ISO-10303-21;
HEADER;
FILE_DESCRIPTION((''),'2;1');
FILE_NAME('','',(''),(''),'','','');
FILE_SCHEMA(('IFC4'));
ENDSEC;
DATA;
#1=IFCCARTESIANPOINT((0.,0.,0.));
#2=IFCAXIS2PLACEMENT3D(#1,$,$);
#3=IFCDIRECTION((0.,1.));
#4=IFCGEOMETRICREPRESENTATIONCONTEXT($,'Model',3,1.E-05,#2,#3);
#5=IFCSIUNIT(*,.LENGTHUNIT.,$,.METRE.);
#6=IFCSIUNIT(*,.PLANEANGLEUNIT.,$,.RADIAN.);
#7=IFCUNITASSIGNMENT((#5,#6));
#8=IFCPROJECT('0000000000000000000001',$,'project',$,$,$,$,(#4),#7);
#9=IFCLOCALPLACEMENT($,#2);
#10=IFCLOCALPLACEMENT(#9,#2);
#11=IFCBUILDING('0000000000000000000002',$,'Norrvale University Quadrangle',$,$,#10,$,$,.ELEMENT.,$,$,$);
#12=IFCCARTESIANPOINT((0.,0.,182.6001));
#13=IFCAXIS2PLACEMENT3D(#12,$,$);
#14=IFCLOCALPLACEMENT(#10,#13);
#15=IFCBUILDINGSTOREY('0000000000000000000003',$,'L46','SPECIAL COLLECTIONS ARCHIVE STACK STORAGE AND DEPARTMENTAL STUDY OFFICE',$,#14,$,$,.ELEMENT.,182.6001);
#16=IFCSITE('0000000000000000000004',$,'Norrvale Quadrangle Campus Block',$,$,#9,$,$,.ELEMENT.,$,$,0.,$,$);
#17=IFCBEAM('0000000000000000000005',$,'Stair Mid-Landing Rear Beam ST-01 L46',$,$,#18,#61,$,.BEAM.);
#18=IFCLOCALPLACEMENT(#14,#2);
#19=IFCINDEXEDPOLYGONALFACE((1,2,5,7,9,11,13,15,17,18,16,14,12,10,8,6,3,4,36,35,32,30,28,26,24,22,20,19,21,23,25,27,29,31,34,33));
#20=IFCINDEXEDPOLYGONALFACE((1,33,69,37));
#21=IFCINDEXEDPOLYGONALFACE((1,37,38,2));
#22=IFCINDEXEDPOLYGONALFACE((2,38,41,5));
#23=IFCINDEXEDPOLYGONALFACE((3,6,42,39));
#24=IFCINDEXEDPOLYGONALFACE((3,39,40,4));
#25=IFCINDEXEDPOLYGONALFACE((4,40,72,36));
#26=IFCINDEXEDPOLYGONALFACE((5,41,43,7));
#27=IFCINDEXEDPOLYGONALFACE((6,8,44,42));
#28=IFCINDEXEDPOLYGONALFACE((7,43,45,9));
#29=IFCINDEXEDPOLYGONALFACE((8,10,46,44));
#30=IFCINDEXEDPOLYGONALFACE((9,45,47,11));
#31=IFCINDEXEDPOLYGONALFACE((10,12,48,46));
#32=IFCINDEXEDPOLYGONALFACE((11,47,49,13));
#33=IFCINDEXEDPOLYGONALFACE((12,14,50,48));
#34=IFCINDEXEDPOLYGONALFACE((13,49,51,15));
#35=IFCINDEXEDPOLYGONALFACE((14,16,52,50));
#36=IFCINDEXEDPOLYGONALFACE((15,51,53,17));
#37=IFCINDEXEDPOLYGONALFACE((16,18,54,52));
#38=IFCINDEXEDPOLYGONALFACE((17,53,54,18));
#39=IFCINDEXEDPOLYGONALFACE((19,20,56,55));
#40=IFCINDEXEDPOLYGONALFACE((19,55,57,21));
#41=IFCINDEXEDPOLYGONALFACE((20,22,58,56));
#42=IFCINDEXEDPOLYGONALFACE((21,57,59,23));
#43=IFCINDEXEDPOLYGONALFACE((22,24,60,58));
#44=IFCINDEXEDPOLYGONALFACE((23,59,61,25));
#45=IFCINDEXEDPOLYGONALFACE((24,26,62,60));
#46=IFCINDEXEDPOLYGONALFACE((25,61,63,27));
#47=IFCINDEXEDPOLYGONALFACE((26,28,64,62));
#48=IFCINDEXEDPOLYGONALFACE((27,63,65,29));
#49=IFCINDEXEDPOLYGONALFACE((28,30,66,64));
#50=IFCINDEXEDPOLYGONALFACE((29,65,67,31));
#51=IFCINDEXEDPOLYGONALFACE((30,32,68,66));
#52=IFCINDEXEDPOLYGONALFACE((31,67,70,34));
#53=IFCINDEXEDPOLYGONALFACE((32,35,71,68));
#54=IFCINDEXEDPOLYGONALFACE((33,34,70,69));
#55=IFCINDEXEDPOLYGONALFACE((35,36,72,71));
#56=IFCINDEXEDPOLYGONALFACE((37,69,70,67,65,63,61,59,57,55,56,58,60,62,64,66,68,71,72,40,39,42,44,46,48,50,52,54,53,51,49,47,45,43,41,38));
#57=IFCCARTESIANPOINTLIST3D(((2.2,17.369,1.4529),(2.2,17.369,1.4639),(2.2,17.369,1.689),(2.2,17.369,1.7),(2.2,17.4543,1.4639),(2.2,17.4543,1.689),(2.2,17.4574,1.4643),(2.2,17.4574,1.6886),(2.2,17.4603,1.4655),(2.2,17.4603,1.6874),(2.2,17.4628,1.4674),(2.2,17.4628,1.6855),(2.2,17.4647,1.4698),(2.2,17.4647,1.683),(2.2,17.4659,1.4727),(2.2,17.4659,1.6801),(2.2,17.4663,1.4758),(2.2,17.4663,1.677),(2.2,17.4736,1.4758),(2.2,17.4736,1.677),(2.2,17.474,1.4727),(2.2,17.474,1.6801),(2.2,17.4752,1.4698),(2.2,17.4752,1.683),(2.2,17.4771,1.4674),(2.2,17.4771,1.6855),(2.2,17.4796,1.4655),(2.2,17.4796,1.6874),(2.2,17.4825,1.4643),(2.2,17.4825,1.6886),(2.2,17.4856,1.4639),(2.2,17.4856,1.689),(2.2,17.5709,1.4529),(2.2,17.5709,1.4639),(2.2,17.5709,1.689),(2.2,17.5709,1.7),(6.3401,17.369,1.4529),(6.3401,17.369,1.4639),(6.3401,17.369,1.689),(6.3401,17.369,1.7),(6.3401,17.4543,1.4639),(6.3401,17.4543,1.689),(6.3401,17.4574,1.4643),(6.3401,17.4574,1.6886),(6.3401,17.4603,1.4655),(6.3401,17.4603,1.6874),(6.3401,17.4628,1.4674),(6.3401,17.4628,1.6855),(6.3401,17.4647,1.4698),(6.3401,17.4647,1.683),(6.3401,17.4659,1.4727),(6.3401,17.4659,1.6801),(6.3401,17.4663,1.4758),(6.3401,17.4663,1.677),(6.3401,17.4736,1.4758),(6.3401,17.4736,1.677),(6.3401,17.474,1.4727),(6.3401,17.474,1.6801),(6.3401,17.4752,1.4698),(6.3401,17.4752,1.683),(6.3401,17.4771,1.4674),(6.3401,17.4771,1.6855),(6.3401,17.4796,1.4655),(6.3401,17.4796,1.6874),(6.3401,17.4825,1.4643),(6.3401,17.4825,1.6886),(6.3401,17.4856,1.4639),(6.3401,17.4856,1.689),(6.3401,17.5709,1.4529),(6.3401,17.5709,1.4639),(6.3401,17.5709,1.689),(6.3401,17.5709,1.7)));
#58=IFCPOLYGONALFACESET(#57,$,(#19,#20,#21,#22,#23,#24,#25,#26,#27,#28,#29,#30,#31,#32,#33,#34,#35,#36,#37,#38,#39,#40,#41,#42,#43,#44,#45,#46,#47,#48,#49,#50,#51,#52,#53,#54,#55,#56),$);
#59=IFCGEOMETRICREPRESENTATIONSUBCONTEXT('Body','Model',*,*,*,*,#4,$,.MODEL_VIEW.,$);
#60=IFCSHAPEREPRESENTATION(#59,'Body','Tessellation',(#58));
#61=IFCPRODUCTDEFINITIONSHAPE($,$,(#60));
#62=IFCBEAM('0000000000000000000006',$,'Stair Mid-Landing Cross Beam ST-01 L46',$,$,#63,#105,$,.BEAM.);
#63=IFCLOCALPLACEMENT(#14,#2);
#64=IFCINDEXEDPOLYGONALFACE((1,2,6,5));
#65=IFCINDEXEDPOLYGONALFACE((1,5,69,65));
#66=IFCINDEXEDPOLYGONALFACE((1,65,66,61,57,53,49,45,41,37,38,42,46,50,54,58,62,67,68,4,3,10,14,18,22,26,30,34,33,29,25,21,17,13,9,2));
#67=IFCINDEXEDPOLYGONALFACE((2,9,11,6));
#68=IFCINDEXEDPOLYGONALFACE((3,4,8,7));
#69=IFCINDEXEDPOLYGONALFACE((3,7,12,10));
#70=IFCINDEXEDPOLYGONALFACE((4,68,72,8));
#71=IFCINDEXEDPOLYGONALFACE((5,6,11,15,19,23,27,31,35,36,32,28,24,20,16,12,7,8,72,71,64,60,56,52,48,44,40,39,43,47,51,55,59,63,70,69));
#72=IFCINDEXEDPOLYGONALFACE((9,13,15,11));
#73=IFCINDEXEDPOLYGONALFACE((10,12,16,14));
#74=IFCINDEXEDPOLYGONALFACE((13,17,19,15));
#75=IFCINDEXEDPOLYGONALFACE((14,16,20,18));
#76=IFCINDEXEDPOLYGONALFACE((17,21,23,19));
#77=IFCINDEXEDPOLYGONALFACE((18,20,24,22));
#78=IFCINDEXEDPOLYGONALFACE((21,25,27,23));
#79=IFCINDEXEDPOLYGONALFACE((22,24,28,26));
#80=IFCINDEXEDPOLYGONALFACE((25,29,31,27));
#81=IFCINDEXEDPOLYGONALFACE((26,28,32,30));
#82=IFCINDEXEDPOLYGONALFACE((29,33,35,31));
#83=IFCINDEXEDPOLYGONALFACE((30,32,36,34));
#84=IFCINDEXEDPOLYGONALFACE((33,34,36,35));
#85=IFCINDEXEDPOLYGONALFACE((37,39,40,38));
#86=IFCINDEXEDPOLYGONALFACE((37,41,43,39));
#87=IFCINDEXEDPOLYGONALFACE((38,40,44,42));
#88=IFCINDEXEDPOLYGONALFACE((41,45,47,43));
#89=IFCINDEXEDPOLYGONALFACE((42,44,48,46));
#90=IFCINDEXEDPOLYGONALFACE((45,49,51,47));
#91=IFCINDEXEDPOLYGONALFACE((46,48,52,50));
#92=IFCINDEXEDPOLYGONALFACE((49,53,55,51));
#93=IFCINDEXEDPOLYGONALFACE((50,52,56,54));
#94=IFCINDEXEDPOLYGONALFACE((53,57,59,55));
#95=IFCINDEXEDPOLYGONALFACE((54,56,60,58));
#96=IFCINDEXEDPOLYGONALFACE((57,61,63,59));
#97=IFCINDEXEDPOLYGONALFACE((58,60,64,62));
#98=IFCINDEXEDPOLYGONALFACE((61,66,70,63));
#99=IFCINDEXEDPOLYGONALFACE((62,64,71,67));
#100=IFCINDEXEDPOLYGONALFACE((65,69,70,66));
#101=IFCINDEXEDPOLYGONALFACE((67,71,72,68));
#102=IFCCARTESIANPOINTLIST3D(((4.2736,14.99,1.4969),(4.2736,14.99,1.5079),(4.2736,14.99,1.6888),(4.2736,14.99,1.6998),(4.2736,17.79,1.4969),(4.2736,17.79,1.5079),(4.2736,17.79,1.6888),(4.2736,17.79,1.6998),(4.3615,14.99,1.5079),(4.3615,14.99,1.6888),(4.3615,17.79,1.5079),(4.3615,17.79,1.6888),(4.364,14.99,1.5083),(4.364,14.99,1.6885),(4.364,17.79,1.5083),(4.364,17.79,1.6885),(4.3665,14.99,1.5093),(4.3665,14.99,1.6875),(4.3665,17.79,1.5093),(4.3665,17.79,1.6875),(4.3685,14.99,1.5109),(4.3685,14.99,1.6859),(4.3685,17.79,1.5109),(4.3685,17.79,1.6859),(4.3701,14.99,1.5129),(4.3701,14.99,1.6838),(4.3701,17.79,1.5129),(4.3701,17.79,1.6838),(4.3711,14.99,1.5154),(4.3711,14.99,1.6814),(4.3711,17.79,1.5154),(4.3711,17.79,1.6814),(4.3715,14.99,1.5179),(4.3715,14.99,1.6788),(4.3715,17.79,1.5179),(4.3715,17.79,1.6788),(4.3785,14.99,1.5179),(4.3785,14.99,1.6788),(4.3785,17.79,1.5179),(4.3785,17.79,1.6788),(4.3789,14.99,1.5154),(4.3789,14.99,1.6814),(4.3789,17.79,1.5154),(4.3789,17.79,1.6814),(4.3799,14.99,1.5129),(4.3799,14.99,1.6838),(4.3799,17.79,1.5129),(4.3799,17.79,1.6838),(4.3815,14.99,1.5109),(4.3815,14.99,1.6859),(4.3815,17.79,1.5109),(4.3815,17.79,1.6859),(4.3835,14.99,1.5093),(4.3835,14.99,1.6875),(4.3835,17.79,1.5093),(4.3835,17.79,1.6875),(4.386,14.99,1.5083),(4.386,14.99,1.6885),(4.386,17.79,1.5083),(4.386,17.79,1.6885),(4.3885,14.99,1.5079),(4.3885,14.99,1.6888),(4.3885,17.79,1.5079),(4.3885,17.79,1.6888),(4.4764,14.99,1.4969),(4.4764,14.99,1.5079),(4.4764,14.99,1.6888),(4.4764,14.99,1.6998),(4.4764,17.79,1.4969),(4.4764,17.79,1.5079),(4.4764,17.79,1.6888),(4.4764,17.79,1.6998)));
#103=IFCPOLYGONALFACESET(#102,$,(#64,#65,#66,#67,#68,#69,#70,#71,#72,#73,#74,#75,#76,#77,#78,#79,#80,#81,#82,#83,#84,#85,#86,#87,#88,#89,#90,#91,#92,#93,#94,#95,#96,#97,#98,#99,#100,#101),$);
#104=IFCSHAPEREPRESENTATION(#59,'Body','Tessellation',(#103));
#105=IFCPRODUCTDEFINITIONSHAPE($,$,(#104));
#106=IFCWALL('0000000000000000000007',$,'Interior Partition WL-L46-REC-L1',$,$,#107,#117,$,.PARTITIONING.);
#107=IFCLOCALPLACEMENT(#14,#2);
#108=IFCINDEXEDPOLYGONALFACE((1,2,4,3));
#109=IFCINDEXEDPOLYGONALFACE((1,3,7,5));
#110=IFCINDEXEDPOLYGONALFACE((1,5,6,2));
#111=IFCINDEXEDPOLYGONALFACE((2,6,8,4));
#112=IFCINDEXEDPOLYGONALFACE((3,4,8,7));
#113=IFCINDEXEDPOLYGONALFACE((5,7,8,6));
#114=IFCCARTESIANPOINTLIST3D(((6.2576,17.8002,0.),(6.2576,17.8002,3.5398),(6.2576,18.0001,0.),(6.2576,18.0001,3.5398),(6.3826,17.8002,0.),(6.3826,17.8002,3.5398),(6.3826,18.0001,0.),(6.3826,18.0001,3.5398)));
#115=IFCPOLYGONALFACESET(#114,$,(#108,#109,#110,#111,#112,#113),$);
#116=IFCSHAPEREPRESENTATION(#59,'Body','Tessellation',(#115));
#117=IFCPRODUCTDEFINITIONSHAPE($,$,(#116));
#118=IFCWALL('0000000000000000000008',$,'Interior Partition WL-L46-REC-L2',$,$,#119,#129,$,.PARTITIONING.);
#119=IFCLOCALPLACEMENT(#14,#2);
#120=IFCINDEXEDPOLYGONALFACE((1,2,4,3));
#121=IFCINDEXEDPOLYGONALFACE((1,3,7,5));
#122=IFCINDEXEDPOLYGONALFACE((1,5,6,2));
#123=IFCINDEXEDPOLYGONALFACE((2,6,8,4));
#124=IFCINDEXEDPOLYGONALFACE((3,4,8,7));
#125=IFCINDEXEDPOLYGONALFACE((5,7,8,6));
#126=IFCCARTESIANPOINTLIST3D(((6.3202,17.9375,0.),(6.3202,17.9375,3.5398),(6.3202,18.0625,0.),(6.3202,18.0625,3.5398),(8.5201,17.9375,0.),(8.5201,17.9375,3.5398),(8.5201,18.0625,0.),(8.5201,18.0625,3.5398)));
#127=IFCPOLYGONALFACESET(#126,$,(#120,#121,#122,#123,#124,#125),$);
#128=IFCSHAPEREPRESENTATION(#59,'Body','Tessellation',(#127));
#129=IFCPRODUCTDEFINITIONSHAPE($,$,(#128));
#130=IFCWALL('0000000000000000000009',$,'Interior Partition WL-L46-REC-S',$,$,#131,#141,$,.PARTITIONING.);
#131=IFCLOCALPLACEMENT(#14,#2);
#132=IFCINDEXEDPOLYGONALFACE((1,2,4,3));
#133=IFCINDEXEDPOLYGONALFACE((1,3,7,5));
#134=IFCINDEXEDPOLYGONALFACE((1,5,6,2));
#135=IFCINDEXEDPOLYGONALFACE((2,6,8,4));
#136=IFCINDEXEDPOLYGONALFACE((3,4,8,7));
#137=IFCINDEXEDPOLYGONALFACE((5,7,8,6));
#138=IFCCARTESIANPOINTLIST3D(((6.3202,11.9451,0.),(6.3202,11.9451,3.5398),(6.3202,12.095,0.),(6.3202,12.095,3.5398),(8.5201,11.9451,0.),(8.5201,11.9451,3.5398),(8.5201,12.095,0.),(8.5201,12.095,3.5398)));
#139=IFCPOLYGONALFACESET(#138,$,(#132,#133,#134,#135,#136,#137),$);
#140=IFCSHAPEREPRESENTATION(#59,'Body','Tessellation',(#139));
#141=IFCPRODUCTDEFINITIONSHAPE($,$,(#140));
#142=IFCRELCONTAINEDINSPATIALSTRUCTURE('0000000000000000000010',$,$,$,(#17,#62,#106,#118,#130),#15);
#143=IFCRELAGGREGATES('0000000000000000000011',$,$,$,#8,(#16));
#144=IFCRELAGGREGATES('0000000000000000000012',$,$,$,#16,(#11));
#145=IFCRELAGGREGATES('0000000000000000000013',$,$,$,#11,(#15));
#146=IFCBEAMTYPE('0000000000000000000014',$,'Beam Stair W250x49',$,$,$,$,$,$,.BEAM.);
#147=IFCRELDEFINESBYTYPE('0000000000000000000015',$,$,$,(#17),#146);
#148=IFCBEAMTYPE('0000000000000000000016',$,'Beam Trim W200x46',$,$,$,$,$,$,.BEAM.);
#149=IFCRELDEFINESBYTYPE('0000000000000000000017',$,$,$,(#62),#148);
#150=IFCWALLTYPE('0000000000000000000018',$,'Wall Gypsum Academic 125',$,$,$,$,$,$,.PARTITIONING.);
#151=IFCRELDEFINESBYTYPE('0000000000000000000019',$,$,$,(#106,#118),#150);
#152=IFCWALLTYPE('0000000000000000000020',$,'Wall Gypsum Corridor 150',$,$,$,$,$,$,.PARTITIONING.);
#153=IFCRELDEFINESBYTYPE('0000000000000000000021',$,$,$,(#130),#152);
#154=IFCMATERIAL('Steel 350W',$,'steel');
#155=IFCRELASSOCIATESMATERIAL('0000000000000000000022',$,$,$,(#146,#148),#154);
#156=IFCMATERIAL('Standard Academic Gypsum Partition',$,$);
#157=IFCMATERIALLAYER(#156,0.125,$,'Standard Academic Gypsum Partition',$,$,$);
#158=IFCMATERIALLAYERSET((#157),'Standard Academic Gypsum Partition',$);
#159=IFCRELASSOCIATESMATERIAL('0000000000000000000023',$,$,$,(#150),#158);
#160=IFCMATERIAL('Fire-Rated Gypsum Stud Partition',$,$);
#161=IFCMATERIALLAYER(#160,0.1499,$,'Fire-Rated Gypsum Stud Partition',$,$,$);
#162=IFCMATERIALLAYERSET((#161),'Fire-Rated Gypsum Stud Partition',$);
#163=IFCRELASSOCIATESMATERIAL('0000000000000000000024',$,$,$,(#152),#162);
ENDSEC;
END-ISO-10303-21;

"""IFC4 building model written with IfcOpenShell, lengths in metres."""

from ifc_helpers import new_model, si_unit, direction, frame, frame_2d, origin, origin_2d, place, context, subcontext, project, spatial, rectangle, i_section, extrude, material, layer, layer_set, material_profile, profile_set, type_object, element, save


model = new_model("IFC4")

# Units and contexts
model_context = context("Model", 3, precision=1e-05, world=origin(), true_north=direction((0.0, 1.0)))
body_context = subcontext(model_context, "Body", "Model", "MODEL_VIEW")
ifc_project = project(units=[si_unit("LENGTHUNIT", "METRE"), si_unit("PLANEANGLEUNIT", "RADIAN")], contexts=[model_context])

# Site, building, storey
site_placement = place(None, origin())
site = spatial("IfcSite", under=ifc_project, at=site_placement, Name="Norrvale Quadrangle Campus Block", CompositionType="ELEMENT", RefElevation=0.0)
building_placement = place(site_placement, origin())
building = spatial("IfcBuilding", under=site, at=building_placement, Name="Norrvale University Quadrangle", CompositionType="ELEMENT")
storey_placement = place(building_placement, frame((0.0, 0.0, 182.6001)))
storey = spatial("IfcBuildingStorey", under=building, at=storey_placement, Name="L46", Description="SPECIAL COLLECTIONS ARCHIVE STACK STORAGE AND DEPARTMENTAL STUDY OFFICE", CompositionType="ELEMENT", Elevation=182.6001)

# Beams
ifc_material_1 = material(Name="Steel 350W", Category="steel")
ifc_material_profile_1 = material_profile(ifc_material_1, i_section(OverallWidth=0.2019, OverallDepth=0.2471, WebThickness=0.0073, FlangeThickness=0.011, FilletRadius=0.012, at=origin_2d()), Name="Steel 350W")
ifc_profile_set_1 = profile_set([ifc_material_profile_1], Name="Steel 350W")
beam_type_1 = type_object("IfcBeamType", Name="Beam Stair W250x49", PredefinedType="BEAM", material=ifc_profile_set_1)
for number, where, z_axis, x_axis, name in (
    (1, (2.2, 17.47, 1.5764), (1.0, 0.0, 0.0), (0.0, 1.0, 0.0), "Stair Mid-Landing Rear Beam ST-01 L46"),
):
    element("IfcBeam", number, at=place(storey_placement, frame(where, z_axis=z_axis, x_axis=x_axis)), inside=storey, type_object=beam_type_1, Name=name, PredefinedType="BEAM", context=body_context, shape_type="SweptSolid", body=[
        extrude(i_section(OverallWidth=0.2019, OverallDepth=0.2471, WebThickness=0.0073, FlangeThickness=0.011, FilletRadius=0.012, at=origin_2d()), origin(), (0.0, 0.0, 1.0), 4.1401),
    ])
ifc_material_profile_2 = material_profile(ifc_material_1, i_section(OverallWidth=0.2029, OverallDepth=0.2029, WebThickness=0.0071, FlangeThickness=0.011, FilletRadius=0.01, at=origin_2d()), Name="Steel 350W")
ifc_profile_set_2 = profile_set([ifc_material_profile_2], Name="Steel 350W")
beam_type_2 = type_object("IfcBeamType", Name="Beam Trim W200x46", PredefinedType="BEAM", material=ifc_profile_set_2)
beam_1_placement = place(storey_placement, frame((4.375, 14.99, 1.5984), z_axis=(0.0, 1.0, 0.0), x_axis=(-1.0, 0.0, 0.0)))
element("IfcBeam", 2, at=beam_1_placement, inside=storey, type_object=beam_type_2, Name="Stair Mid-Landing Cross Beam ST-01 L46", PredefinedType="BEAM", context=body_context, shape_type="SweptSolid", body=[
    extrude(i_section(OverallWidth=0.2029, OverallDepth=0.2029, WebThickness=0.0071, FlangeThickness=0.011, FilletRadius=0.01, at=origin_2d()), origin(), (0.0, 0.0, 1.0), 2.8),
])

# Walls
ifc_material_2 = material(Name="Standard Academic Gypsum Partition")
ifc_layer_1 = layer(ifc_material_2, 0.125, Name="Standard Academic Gypsum Partition")
ifc_layer_set_1 = layer_set([ifc_layer_1], Name="Standard Academic Gypsum Partition")
wall_type_1 = type_object("IfcWallType", Name="Wall Gypsum Academic 125", PredefinedType="PARTITIONING", material=ifc_layer_set_1)
wall_1_placement = place(storey_placement, frame((6.3201, 17.8, 0.0), z_axis=(0.0, 0.0, 1.0), x_axis=(0.0, 1.0, 0.0)))
element("IfcWall", 3, at=wall_1_placement, inside=storey, type_object=wall_type_1, Name="Interior Partition WL-L46-REC-L1", PredefinedType="PARTITIONING", context=body_context, shape_type="SweptSolid", body=[
    extrude(rectangle(XDim=0.2, YDim=0.125, at=frame_2d((0.1001, 0.0))), origin(), (0.0, 0.0, 1.0), 3.5398),
])
wall_2_placement = place(storey_placement, frame((6.3201, 18.0, 0.0), z_axis=(0.0, 0.0, 1.0), x_axis=(1.0, 0.0, 0.0)))
element("IfcWall", 4, at=wall_2_placement, inside=storey, type_object=wall_type_1, Name="Interior Partition WL-L46-REC-L2", PredefinedType="PARTITIONING", context=body_context, shape_type="SweptSolid", body=[
    extrude(rectangle(XDim=2.2, YDim=0.125, at=frame_2d((1.1001, 0.0))), origin(), (0.0, 0.0, 1.0), 3.5398),
])
ifc_material_3 = material(Name="Fire-Rated Gypsum Stud Partition")
ifc_layer_2 = layer(ifc_material_3, 0.1499, Name="Fire-Rated Gypsum Stud Partition")
ifc_layer_set_2 = layer_set([ifc_layer_2], Name="Fire-Rated Gypsum Stud Partition")
wall_type_2 = type_object("IfcWallType", Name="Wall Gypsum Corridor 150", PredefinedType="PARTITIONING", material=ifc_layer_set_2)
wall_3_placement = place(storey_placement, frame((6.3201, 12.02, 0.0), z_axis=(0.0, 0.0, 1.0), x_axis=(1.0, 0.0, 0.0)))
element("IfcWall", 5, at=wall_3_placement, inside=storey, type_object=wall_type_2, Name="Interior Partition WL-L46-REC-S", PredefinedType="PARTITIONING", context=body_context, shape_type="SweptSolid", body=[
    extrude(rectangle(XDim=2.2, YDim=0.1499, at=frame_2d((1.1001, 0.0))), origin(), (0.0, 0.0, 1.0), 3.5398),
])

save(model, "model.ifc")
